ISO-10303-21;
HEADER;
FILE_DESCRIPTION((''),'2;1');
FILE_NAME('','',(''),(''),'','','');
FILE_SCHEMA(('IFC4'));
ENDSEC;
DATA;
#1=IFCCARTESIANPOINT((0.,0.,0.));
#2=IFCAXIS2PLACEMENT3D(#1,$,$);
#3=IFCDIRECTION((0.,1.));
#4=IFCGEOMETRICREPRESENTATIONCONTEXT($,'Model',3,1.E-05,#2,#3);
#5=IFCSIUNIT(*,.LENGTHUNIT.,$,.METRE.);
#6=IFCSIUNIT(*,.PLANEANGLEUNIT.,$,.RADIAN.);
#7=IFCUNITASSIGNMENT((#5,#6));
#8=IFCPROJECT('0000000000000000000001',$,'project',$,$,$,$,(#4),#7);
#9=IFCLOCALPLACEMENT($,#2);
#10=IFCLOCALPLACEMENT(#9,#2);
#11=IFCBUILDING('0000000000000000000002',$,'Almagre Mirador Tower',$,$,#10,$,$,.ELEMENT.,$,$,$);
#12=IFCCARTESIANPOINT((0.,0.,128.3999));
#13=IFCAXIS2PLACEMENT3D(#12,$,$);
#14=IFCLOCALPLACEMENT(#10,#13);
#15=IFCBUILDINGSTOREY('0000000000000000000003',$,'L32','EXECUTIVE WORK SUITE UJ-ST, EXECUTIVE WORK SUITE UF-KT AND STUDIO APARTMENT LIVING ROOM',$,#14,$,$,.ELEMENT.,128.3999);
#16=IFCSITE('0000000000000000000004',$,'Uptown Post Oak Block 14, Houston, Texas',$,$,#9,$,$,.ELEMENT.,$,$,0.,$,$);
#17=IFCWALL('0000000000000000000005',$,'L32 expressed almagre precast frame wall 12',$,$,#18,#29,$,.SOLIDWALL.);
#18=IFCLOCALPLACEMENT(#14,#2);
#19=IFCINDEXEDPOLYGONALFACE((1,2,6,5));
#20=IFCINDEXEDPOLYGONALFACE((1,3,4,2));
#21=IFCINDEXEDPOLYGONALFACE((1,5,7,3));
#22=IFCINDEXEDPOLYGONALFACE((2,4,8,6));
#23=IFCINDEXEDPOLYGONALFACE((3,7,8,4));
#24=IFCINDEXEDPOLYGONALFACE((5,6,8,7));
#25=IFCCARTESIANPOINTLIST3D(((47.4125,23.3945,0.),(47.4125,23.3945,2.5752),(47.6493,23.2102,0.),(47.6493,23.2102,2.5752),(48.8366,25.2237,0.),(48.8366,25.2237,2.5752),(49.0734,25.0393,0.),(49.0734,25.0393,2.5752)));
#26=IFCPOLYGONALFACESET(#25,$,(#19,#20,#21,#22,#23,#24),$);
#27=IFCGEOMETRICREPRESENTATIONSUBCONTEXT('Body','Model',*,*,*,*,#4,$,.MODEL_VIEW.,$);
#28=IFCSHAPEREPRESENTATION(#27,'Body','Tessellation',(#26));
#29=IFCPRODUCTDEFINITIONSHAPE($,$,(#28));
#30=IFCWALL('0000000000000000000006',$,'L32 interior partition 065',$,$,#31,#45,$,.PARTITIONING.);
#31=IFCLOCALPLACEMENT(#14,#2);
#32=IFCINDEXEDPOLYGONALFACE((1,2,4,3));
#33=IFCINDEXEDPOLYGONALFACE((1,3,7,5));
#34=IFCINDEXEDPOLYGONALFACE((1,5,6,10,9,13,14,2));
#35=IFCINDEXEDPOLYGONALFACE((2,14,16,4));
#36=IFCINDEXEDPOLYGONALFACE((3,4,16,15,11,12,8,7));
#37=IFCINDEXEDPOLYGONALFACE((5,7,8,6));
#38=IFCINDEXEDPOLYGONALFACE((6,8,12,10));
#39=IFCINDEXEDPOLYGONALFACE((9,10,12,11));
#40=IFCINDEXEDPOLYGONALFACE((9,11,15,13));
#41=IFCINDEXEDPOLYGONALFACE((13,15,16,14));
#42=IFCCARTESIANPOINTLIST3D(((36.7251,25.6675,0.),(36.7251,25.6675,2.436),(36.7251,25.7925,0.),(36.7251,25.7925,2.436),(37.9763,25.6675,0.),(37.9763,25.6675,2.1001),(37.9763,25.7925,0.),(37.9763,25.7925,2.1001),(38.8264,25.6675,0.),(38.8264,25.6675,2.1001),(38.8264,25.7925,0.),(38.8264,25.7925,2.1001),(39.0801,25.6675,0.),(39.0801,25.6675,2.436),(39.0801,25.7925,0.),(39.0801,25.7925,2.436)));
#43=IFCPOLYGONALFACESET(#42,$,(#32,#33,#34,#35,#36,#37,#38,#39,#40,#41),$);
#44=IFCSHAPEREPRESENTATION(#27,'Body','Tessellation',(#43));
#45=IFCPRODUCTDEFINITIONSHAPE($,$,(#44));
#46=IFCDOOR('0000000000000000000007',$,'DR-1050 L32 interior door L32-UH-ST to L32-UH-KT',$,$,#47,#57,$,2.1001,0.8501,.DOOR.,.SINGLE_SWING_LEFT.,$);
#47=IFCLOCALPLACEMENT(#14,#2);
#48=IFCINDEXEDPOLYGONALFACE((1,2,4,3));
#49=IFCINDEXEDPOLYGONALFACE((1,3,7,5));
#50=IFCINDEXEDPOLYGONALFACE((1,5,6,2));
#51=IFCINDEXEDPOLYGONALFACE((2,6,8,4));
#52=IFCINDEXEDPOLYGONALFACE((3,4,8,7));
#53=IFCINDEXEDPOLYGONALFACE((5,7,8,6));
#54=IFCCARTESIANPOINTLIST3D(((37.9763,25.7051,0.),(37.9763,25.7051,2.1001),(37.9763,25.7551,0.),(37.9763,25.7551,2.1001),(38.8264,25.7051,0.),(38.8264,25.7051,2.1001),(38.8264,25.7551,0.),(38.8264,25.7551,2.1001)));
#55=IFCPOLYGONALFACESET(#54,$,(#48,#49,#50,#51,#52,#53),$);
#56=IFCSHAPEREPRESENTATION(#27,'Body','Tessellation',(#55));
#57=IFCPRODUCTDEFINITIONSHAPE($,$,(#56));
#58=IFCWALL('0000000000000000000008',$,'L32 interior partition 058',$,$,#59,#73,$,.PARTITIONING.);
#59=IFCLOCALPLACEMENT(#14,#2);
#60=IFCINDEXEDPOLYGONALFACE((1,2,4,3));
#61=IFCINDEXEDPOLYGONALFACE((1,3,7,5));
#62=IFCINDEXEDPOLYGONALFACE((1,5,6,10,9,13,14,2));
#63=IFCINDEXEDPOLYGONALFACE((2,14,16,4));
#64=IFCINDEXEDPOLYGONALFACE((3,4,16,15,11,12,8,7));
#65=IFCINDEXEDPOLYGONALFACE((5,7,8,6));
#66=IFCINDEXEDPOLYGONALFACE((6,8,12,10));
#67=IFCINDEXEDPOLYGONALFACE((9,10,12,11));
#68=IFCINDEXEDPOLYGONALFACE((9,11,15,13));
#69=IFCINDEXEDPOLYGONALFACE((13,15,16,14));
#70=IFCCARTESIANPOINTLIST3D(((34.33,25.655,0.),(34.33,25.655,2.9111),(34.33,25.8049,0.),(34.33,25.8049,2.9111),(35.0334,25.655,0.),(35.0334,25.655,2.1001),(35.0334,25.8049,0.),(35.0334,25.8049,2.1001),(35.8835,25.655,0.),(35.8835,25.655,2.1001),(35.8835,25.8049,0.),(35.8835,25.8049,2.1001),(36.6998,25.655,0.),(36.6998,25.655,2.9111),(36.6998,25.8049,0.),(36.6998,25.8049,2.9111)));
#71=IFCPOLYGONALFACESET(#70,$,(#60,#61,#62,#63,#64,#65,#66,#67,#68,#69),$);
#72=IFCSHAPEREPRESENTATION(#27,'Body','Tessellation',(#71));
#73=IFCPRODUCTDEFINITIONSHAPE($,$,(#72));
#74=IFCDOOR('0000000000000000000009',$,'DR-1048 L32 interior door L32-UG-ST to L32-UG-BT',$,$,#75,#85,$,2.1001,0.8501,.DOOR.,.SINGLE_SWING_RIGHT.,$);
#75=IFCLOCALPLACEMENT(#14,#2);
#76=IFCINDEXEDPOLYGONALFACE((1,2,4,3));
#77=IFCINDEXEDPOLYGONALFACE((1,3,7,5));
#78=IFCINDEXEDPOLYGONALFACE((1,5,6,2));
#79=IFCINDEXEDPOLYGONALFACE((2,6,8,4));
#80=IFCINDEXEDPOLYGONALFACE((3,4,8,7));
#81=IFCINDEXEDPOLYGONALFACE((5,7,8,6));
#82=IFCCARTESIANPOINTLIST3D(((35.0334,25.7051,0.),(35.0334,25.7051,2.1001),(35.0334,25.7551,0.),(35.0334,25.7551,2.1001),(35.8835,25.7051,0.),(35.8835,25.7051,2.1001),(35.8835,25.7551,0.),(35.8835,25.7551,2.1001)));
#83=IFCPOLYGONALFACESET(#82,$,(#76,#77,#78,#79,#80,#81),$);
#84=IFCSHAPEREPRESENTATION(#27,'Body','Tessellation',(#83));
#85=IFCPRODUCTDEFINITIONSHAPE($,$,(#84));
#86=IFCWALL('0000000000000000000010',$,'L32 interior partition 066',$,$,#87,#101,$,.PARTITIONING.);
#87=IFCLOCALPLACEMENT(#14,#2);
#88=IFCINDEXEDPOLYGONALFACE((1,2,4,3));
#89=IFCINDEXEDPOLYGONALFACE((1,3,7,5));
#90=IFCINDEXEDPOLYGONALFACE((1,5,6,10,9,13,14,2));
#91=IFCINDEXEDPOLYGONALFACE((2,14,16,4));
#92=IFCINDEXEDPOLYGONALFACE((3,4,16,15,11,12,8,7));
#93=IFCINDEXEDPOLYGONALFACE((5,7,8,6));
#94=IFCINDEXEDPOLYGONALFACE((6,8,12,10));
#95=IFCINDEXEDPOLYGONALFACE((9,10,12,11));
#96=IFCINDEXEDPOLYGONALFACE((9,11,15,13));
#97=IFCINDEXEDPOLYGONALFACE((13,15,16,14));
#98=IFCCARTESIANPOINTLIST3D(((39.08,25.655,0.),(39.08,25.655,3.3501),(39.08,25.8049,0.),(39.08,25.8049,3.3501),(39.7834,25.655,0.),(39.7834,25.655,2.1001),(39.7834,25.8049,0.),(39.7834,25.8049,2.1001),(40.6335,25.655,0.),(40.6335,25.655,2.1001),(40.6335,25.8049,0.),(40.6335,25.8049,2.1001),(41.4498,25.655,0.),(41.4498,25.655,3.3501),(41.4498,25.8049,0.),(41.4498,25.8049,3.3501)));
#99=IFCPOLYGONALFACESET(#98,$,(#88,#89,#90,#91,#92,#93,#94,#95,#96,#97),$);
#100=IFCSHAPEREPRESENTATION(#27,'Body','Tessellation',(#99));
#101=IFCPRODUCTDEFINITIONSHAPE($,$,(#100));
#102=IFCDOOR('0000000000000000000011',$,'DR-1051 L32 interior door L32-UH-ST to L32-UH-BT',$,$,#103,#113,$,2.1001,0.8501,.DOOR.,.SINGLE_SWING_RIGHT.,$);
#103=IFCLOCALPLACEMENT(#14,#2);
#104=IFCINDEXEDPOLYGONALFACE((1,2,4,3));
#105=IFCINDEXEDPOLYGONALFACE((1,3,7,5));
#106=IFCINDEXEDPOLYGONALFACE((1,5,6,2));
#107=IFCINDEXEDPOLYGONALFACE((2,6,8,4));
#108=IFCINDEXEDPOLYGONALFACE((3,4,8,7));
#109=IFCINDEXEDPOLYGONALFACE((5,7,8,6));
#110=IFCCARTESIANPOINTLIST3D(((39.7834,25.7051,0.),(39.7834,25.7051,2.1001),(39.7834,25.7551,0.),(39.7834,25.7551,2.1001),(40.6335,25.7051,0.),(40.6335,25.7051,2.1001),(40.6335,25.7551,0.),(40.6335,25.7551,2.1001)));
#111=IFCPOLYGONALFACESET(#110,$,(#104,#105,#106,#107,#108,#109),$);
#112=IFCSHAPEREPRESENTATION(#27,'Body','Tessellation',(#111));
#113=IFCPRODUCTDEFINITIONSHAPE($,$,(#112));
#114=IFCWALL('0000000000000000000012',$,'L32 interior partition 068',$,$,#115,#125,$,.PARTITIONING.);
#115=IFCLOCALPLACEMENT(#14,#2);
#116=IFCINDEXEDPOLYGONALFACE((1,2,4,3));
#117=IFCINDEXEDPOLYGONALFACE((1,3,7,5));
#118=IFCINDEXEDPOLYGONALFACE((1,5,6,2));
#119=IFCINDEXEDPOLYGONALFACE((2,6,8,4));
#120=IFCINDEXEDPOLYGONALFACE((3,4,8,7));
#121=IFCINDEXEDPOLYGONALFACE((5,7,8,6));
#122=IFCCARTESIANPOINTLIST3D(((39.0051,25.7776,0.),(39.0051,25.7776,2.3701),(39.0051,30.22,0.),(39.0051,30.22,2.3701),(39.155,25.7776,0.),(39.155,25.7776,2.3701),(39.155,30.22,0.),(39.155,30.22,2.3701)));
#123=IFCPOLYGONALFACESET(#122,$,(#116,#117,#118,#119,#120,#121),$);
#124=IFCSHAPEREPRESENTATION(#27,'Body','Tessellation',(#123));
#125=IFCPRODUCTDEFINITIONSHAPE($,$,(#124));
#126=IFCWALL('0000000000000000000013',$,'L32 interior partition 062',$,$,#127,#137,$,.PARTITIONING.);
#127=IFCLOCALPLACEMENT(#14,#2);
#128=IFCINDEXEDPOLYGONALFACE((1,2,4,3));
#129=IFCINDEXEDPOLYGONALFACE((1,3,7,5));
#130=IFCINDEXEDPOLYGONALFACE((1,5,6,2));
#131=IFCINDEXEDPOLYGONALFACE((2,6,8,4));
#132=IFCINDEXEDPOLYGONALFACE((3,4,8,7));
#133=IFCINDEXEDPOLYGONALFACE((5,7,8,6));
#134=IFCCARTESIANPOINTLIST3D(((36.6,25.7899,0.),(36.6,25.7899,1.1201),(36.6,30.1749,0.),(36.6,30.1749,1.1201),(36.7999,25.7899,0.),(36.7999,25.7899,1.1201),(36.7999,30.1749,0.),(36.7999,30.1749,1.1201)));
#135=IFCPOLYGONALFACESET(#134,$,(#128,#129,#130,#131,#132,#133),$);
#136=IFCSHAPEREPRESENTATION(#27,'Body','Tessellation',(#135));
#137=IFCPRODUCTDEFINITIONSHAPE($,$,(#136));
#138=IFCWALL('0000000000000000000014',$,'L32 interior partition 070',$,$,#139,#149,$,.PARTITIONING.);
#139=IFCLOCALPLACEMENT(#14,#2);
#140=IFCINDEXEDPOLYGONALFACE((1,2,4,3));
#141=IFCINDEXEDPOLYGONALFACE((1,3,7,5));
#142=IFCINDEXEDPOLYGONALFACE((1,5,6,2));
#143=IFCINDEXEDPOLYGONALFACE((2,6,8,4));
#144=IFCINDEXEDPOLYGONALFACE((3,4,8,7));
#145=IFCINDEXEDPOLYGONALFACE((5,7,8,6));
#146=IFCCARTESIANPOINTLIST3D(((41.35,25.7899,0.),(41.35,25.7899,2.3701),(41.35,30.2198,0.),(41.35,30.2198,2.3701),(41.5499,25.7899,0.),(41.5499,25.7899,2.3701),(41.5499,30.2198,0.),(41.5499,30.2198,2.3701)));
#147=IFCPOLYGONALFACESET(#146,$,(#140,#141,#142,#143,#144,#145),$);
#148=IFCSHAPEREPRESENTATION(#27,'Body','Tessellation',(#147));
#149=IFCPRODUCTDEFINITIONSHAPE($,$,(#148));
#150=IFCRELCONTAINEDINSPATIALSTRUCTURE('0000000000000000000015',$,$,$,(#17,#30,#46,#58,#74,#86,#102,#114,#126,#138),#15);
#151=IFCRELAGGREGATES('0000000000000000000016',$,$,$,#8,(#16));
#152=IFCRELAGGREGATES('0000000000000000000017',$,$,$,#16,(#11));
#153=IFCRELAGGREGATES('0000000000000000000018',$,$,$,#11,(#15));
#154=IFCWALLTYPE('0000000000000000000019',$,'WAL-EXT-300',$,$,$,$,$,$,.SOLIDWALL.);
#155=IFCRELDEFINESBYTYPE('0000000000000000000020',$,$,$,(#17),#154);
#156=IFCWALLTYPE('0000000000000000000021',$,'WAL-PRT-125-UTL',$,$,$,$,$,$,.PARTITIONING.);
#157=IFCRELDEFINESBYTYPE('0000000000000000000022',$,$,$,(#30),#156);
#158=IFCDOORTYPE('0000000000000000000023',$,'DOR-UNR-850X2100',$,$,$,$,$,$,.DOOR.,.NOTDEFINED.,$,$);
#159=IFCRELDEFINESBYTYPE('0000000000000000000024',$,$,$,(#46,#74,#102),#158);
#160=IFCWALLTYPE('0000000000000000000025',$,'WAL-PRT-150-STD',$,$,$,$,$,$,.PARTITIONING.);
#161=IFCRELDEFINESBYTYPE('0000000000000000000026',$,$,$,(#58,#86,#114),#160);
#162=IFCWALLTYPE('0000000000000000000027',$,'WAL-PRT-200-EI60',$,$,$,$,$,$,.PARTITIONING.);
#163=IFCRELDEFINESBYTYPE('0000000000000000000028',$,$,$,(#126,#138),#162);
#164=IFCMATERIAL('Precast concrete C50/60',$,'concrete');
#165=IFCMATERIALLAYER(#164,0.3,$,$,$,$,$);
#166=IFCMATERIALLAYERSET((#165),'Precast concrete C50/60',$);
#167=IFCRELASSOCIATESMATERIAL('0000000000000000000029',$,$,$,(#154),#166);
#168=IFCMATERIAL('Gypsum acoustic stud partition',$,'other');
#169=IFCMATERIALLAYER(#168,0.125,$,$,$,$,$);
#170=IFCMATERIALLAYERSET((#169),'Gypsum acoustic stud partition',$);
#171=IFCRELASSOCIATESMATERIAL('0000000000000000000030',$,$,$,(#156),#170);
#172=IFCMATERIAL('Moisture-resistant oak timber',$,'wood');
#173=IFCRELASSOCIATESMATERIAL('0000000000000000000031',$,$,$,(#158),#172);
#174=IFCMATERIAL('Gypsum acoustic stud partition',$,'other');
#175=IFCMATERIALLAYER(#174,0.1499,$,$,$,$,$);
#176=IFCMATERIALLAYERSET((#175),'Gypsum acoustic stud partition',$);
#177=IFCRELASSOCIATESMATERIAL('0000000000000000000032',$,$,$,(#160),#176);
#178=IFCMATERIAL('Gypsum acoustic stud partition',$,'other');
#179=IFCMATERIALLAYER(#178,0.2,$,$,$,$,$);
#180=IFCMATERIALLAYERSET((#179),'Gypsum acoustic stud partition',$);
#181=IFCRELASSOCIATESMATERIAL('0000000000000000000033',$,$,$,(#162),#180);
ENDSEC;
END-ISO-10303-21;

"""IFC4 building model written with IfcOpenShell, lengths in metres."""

from ifc_helpers import new_model, si_unit, direction, frame, frame_2d, origin, place, context, subcontext, project, spatial, rectangle, extrude, material, layer, layer_set, type_object, element, fill, save


model = new_model("IFC4")

# Units and contexts
model_context = context("Model", 3, precision=1e-05, world=origin(), true_north=direction((0.0, 1.0)))
body_context = subcontext(model_context, "Body", "Model", "MODEL_VIEW")
ifc_project = project(units=[si_unit("LENGTHUNIT", "METRE"), si_unit("PLANEANGLEUNIT", "RADIAN")], contexts=[model_context])

# Site, building, storey
site_placement = place(None, origin())
site = spatial("IfcSite", under=ifc_project, at=site_placement, Name="Uptown Post Oak Block 14, Houston, Texas", CompositionType="ELEMENT", RefElevation=0.0)
building_placement = place(site_placement, origin())
building = spatial("IfcBuilding", under=site, at=building_placement, Name="Almagre Mirador Tower", CompositionType="ELEMENT")
storey_placement = place(building_placement, frame((0.0, 0.0, 128.3999)))
storey = spatial("IfcBuildingStorey", under=building, at=storey_placement, Name="L32", Description="EXECUTIVE WORK SUITE UJ-ST, EXECUTIVE WORK SUITE UF-KT AND STUDIO APARTMENT LIVING ROOM", CompositionType="ELEMENT", Elevation=128.3999)

# Wall
ifc_material_1 = material(Name="Precast concrete C50/60", Category="concrete")
ifc_layer_1 = layer(ifc_material_1, 0.3)
ifc_layer_set_1 = layer_set([ifc_layer_1], Name="Precast concrete C50/60")
wall_type_1 = type_object("IfcWallType", Name="WAL-EXT-300", PredefinedType="SOLIDWALL", material=ifc_layer_set_1)
wall_1_placement = place(storey_placement, frame((48.9551, 25.1316, 0.0), z_axis=(0.0, 0.0, 1.0), x_axis=(-0.614327, -0.789052, 0.0)))
element("IfcWall", 1, at=wall_1_placement, inside=storey, type_object=wall_type_1, Name="L32 expressed almagre precast frame wall 12", PredefinedType="SOLIDWALL", context=body_context, shape_type="SweptSolid", body=[
    extrude(rectangle(XDim=2.3181, YDim=0.3, at=frame_2d((1.1592, 0.0))), origin(), (0.0, 0.0, 1.0), 2.5752),
])

# Walls, openings, doors
ifc_material_2 = material(Name="Gypsum acoustic stud partition", Category="other")
ifc_layer_2 = layer(ifc_material_2, 0.125)
ifc_layer_set_2 = layer_set([ifc_layer_2], Name="Gypsum acoustic stud partition")
wall_type_2 = type_object("IfcWallType", Name="WAL-PRT-125-UTL", PredefinedType="PARTITIONING", material=ifc_layer_set_2)
wall_2_placement = place(storey_placement, frame((39.0801, 25.73, 0.0), z_axis=(0.0, 0.0, 1.0), x_axis=(-1.0, 0.0, 0.0)))
wall_2 = element("IfcWall", 2, at=wall_2_placement, inside=storey, type_object=wall_type_2, Name="L32 interior partition 065", PredefinedType="PARTITIONING", context=body_context, shape_type="SweptSolid", body=[
    extrude(rectangle(XDim=2.355, YDim=0.125, at=frame_2d((1.1775, 0.0))), origin(), (0.0, 0.0, 1.0), 2.436),
])
opening_1_placement = place(wall_2_placement, frame((0.2537, 0.0, 0.0)))
opening_1 = element("IfcOpeningElement", 3, at=opening_1_placement, cuts=wall_2, PredefinedType="OPENING", context=body_context, shape_type="SweptSolid", body=[
    extrude(rectangle(XDim=0.8501, YDim=2.1001, at=frame_2d((0.425, 1.05))), frame((0.0, 0.0725, 0.0), z_axis=(0.0, -1.0, 0.0), x_axis=(1.0, 0.0, 0.0)), (0.0, 0.0, 1.0), 0.145),
])
ifc_material_3 = material(Name="Moisture-resistant oak timber", Category="wood")
door_type = type_object("IfcDoorType", Name="DOR-UNR-850X2100", OperationType="NOTDEFINED", PredefinedType="DOOR", material=ifc_material_3)
door_1_placement = place(opening_1_placement, origin())
door_1 = element("IfcDoor", 4, at=door_1_placement, inside=storey, type_object=door_type, Name="DR-1050 L32 interior door L32-UH-ST to L32-UH-KT", OperationType="SINGLE_SWING_LEFT", OverallHeight=2.1001, OverallWidth=0.8501, PredefinedType="DOOR", context=body_context, shape_type="SweptSolid", body=[
    extrude(rectangle(XDim=0.8501, YDim=2.1001, at=frame_2d((0.425, 1.05))), frame((0.0, 0.0249, 0.0), z_axis=(0.0, -1.0, 0.0), x_axis=(1.0, 0.0, 0.0)), (0.0, 0.0, 1.0), 0.05),
])
fill(opening_1, door_1)
ifc_material_4 = material(Name="Gypsum acoustic stud partition", Category="other")
ifc_layer_3 = layer(ifc_material_4, 0.1499)
ifc_layer_set_3 = layer_set([ifc_layer_3], Name="Gypsum acoustic stud partition")
wall_type_3 = type_object("IfcWallType", Name="WAL-PRT-150-STD", PredefinedType="PARTITIONING", material=ifc_layer_set_3)
wall_3_placement = place(storey_placement, frame((36.7, 25.73, 0.0), z_axis=(0.0, 0.0, 1.0), x_axis=(-1.0, 0.0, 0.0)))
wall_3 = element("IfcWall", 5, at=wall_3_placement, inside=storey, type_object=wall_type_3, Name="L32 interior partition 058", PredefinedType="PARTITIONING", context=body_context, shape_type="SweptSolid", body=[
    extrude(rectangle(XDim=2.3699, YDim=0.1499, at=frame_2d((1.1851, 0.0))), origin(), (0.0, 0.0, 1.0), 2.9111),
])
opening_2_placement = place(wall_3_placement, frame((0.8164, 0.0, 0.0)))
opening_2 = element("IfcOpeningElement", 6, at=opening_2_placement, cuts=wall_3, PredefinedType="OPENING", context=body_context, shape_type="SweptSolid", body=[
    extrude(rectangle(XDim=0.8501, YDim=2.1001, at=frame_2d((0.425, 1.05))), frame((0.0, 0.085, 0.0), z_axis=(0.0, -1.0, 0.0), x_axis=(1.0, 0.0, 0.0)), (0.0, 0.0, 1.0), 0.1699),
])
door_2_placement = place(opening_2_placement, origin())
door_2 = element("IfcDoor", 7, at=door_2_placement, inside=storey, type_object=door_type, Name="DR-1048 L32 interior door L32-UG-ST to L32-UG-BT", OperationType="SINGLE_SWING_RIGHT", OverallHeight=2.1001, OverallWidth=0.8501, PredefinedType="DOOR", context=body_context, shape_type="SweptSolid", body=[
    extrude(rectangle(XDim=0.8501, YDim=2.1001, at=frame_2d((0.425, 1.05))), frame((0.0, 0.0249, 0.0), z_axis=(0.0, -1.0, 0.0), x_axis=(1.0, 0.0, 0.0)), (0.0, 0.0, 1.0), 0.05),
])
fill(opening_2, door_2)
wall_4_placement = place(storey_placement, frame((41.45, 25.73, 0.0), z_axis=(0.0, 0.0, 1.0), x_axis=(-1.0, 0.0, 0.0)))
wall_4 = element("IfcWall", 8, at=wall_4_placement, inside=storey, type_object=wall_type_3, Name="L32 interior partition 066", PredefinedType="PARTITIONING", context=body_context, shape_type="SweptSolid", body=[
    extrude(rectangle(XDim=2.3699, YDim=0.1499, at=frame_2d((1.1851, 0.0))), origin(), (0.0, 0.0, 1.0), 3.3501),
])
opening_3_placement = place(wall_4_placement, frame((0.8164, 0.0, 0.0)))
opening_3 = element("IfcOpeningElement", 9, at=opening_3_placement, cuts=wall_4, PredefinedType="OPENING", context=body_context, shape_type="SweptSolid", body=[
    extrude(rectangle(XDim=0.8501, YDim=2.1001, at=frame_2d((0.425, 1.05))), frame((0.0, 0.085, 0.0), z_axis=(0.0, -1.0, 0.0), x_axis=(1.0, 0.0, 0.0)), (0.0, 0.0, 1.0), 0.1699),
])
door_3_placement = place(opening_3_placement, origin())
door_3 = element("IfcDoor", 10, at=door_3_placement, inside=storey, type_object=door_type, Name="DR-1051 L32 interior door L32-UH-ST to L32-UH-BT", OperationType="SINGLE_SWING_RIGHT", OverallHeight=2.1001, OverallWidth=0.8501, PredefinedType="DOOR", context=body_context, shape_type="SweptSolid", body=[
    extrude(rectangle(XDim=0.8501, YDim=2.1001, at=frame_2d((0.425, 1.05))), frame((0.0, 0.0249, 0.0), z_axis=(0.0, -1.0, 0.0), x_axis=(1.0, 0.0, 0.0)), (0.0, 0.0, 1.0), 0.05),
])
fill(opening_3, door_3)

# Walls
wall_5_placement = place(storey_placement, frame((39.0801, 25.7776, 0.0), z_axis=(0.0, 0.0, 1.0), x_axis=(0.0, 1.0, 0.0)))
element("IfcWall", 11, at=wall_5_placement, inside=storey, type_object=wall_type_3, Name="L32 interior partition 068", PredefinedType="PARTITIONING", context=body_context, shape_type="SweptSolid", body=[
    extrude(rectangle(XDim=4.4424, YDim=0.1499, at=frame_2d((2.2212, 0.0))), origin(), (0.0, 0.0, 1.0), 2.3701),
])
ifc_material_5 = material(Name="Gypsum acoustic stud partition", Category="other")
ifc_layer_4 = layer(ifc_material_5, 0.2)
ifc_layer_set_4 = layer_set([ifc_layer_4], Name="Gypsum acoustic stud partition")
wall_type_4 = type_object("IfcWallType", Name="WAL-PRT-200-EI60", PredefinedType="PARTITIONING", material=ifc_layer_set_4)
wall_6_placement = place(storey_placement, frame((36.7, 25.79, 0.0), z_axis=(0.0, 0.0, 1.0), x_axis=(0.0, 1.0, 0.0)))
element("IfcWall", 12, at=wall_6_placement, inside=storey, type_object=wall_type_4, Name="L32 interior partition 062", PredefinedType="PARTITIONING", context=body_context, shape_type="SweptSolid", body=[
    extrude(rectangle(XDim=4.385, YDim=0.2, at=frame_2d((2.1924, 0.0))), origin(), (0.0, 0.0, 1.0), 1.1201),
])
wall_7_placement = place(storey_placement, frame((41.45, 25.79, 0.0), z_axis=(0.0, 0.0, 1.0), x_axis=(0.0, 1.0, 0.0)))
element("IfcWall", 13, at=wall_7_placement, inside=storey, type_object=wall_type_4, Name="L32 interior partition 070", PredefinedType="PARTITIONING", context=body_context, shape_type="SweptSolid", body=[
    extrude(rectangle(XDim=4.4299, YDim=0.2, at=frame_2d((2.2148, 0.0))), origin(), (0.0, 0.0, 1.0), 2.3701),
])

save(model, "model.ifc")
